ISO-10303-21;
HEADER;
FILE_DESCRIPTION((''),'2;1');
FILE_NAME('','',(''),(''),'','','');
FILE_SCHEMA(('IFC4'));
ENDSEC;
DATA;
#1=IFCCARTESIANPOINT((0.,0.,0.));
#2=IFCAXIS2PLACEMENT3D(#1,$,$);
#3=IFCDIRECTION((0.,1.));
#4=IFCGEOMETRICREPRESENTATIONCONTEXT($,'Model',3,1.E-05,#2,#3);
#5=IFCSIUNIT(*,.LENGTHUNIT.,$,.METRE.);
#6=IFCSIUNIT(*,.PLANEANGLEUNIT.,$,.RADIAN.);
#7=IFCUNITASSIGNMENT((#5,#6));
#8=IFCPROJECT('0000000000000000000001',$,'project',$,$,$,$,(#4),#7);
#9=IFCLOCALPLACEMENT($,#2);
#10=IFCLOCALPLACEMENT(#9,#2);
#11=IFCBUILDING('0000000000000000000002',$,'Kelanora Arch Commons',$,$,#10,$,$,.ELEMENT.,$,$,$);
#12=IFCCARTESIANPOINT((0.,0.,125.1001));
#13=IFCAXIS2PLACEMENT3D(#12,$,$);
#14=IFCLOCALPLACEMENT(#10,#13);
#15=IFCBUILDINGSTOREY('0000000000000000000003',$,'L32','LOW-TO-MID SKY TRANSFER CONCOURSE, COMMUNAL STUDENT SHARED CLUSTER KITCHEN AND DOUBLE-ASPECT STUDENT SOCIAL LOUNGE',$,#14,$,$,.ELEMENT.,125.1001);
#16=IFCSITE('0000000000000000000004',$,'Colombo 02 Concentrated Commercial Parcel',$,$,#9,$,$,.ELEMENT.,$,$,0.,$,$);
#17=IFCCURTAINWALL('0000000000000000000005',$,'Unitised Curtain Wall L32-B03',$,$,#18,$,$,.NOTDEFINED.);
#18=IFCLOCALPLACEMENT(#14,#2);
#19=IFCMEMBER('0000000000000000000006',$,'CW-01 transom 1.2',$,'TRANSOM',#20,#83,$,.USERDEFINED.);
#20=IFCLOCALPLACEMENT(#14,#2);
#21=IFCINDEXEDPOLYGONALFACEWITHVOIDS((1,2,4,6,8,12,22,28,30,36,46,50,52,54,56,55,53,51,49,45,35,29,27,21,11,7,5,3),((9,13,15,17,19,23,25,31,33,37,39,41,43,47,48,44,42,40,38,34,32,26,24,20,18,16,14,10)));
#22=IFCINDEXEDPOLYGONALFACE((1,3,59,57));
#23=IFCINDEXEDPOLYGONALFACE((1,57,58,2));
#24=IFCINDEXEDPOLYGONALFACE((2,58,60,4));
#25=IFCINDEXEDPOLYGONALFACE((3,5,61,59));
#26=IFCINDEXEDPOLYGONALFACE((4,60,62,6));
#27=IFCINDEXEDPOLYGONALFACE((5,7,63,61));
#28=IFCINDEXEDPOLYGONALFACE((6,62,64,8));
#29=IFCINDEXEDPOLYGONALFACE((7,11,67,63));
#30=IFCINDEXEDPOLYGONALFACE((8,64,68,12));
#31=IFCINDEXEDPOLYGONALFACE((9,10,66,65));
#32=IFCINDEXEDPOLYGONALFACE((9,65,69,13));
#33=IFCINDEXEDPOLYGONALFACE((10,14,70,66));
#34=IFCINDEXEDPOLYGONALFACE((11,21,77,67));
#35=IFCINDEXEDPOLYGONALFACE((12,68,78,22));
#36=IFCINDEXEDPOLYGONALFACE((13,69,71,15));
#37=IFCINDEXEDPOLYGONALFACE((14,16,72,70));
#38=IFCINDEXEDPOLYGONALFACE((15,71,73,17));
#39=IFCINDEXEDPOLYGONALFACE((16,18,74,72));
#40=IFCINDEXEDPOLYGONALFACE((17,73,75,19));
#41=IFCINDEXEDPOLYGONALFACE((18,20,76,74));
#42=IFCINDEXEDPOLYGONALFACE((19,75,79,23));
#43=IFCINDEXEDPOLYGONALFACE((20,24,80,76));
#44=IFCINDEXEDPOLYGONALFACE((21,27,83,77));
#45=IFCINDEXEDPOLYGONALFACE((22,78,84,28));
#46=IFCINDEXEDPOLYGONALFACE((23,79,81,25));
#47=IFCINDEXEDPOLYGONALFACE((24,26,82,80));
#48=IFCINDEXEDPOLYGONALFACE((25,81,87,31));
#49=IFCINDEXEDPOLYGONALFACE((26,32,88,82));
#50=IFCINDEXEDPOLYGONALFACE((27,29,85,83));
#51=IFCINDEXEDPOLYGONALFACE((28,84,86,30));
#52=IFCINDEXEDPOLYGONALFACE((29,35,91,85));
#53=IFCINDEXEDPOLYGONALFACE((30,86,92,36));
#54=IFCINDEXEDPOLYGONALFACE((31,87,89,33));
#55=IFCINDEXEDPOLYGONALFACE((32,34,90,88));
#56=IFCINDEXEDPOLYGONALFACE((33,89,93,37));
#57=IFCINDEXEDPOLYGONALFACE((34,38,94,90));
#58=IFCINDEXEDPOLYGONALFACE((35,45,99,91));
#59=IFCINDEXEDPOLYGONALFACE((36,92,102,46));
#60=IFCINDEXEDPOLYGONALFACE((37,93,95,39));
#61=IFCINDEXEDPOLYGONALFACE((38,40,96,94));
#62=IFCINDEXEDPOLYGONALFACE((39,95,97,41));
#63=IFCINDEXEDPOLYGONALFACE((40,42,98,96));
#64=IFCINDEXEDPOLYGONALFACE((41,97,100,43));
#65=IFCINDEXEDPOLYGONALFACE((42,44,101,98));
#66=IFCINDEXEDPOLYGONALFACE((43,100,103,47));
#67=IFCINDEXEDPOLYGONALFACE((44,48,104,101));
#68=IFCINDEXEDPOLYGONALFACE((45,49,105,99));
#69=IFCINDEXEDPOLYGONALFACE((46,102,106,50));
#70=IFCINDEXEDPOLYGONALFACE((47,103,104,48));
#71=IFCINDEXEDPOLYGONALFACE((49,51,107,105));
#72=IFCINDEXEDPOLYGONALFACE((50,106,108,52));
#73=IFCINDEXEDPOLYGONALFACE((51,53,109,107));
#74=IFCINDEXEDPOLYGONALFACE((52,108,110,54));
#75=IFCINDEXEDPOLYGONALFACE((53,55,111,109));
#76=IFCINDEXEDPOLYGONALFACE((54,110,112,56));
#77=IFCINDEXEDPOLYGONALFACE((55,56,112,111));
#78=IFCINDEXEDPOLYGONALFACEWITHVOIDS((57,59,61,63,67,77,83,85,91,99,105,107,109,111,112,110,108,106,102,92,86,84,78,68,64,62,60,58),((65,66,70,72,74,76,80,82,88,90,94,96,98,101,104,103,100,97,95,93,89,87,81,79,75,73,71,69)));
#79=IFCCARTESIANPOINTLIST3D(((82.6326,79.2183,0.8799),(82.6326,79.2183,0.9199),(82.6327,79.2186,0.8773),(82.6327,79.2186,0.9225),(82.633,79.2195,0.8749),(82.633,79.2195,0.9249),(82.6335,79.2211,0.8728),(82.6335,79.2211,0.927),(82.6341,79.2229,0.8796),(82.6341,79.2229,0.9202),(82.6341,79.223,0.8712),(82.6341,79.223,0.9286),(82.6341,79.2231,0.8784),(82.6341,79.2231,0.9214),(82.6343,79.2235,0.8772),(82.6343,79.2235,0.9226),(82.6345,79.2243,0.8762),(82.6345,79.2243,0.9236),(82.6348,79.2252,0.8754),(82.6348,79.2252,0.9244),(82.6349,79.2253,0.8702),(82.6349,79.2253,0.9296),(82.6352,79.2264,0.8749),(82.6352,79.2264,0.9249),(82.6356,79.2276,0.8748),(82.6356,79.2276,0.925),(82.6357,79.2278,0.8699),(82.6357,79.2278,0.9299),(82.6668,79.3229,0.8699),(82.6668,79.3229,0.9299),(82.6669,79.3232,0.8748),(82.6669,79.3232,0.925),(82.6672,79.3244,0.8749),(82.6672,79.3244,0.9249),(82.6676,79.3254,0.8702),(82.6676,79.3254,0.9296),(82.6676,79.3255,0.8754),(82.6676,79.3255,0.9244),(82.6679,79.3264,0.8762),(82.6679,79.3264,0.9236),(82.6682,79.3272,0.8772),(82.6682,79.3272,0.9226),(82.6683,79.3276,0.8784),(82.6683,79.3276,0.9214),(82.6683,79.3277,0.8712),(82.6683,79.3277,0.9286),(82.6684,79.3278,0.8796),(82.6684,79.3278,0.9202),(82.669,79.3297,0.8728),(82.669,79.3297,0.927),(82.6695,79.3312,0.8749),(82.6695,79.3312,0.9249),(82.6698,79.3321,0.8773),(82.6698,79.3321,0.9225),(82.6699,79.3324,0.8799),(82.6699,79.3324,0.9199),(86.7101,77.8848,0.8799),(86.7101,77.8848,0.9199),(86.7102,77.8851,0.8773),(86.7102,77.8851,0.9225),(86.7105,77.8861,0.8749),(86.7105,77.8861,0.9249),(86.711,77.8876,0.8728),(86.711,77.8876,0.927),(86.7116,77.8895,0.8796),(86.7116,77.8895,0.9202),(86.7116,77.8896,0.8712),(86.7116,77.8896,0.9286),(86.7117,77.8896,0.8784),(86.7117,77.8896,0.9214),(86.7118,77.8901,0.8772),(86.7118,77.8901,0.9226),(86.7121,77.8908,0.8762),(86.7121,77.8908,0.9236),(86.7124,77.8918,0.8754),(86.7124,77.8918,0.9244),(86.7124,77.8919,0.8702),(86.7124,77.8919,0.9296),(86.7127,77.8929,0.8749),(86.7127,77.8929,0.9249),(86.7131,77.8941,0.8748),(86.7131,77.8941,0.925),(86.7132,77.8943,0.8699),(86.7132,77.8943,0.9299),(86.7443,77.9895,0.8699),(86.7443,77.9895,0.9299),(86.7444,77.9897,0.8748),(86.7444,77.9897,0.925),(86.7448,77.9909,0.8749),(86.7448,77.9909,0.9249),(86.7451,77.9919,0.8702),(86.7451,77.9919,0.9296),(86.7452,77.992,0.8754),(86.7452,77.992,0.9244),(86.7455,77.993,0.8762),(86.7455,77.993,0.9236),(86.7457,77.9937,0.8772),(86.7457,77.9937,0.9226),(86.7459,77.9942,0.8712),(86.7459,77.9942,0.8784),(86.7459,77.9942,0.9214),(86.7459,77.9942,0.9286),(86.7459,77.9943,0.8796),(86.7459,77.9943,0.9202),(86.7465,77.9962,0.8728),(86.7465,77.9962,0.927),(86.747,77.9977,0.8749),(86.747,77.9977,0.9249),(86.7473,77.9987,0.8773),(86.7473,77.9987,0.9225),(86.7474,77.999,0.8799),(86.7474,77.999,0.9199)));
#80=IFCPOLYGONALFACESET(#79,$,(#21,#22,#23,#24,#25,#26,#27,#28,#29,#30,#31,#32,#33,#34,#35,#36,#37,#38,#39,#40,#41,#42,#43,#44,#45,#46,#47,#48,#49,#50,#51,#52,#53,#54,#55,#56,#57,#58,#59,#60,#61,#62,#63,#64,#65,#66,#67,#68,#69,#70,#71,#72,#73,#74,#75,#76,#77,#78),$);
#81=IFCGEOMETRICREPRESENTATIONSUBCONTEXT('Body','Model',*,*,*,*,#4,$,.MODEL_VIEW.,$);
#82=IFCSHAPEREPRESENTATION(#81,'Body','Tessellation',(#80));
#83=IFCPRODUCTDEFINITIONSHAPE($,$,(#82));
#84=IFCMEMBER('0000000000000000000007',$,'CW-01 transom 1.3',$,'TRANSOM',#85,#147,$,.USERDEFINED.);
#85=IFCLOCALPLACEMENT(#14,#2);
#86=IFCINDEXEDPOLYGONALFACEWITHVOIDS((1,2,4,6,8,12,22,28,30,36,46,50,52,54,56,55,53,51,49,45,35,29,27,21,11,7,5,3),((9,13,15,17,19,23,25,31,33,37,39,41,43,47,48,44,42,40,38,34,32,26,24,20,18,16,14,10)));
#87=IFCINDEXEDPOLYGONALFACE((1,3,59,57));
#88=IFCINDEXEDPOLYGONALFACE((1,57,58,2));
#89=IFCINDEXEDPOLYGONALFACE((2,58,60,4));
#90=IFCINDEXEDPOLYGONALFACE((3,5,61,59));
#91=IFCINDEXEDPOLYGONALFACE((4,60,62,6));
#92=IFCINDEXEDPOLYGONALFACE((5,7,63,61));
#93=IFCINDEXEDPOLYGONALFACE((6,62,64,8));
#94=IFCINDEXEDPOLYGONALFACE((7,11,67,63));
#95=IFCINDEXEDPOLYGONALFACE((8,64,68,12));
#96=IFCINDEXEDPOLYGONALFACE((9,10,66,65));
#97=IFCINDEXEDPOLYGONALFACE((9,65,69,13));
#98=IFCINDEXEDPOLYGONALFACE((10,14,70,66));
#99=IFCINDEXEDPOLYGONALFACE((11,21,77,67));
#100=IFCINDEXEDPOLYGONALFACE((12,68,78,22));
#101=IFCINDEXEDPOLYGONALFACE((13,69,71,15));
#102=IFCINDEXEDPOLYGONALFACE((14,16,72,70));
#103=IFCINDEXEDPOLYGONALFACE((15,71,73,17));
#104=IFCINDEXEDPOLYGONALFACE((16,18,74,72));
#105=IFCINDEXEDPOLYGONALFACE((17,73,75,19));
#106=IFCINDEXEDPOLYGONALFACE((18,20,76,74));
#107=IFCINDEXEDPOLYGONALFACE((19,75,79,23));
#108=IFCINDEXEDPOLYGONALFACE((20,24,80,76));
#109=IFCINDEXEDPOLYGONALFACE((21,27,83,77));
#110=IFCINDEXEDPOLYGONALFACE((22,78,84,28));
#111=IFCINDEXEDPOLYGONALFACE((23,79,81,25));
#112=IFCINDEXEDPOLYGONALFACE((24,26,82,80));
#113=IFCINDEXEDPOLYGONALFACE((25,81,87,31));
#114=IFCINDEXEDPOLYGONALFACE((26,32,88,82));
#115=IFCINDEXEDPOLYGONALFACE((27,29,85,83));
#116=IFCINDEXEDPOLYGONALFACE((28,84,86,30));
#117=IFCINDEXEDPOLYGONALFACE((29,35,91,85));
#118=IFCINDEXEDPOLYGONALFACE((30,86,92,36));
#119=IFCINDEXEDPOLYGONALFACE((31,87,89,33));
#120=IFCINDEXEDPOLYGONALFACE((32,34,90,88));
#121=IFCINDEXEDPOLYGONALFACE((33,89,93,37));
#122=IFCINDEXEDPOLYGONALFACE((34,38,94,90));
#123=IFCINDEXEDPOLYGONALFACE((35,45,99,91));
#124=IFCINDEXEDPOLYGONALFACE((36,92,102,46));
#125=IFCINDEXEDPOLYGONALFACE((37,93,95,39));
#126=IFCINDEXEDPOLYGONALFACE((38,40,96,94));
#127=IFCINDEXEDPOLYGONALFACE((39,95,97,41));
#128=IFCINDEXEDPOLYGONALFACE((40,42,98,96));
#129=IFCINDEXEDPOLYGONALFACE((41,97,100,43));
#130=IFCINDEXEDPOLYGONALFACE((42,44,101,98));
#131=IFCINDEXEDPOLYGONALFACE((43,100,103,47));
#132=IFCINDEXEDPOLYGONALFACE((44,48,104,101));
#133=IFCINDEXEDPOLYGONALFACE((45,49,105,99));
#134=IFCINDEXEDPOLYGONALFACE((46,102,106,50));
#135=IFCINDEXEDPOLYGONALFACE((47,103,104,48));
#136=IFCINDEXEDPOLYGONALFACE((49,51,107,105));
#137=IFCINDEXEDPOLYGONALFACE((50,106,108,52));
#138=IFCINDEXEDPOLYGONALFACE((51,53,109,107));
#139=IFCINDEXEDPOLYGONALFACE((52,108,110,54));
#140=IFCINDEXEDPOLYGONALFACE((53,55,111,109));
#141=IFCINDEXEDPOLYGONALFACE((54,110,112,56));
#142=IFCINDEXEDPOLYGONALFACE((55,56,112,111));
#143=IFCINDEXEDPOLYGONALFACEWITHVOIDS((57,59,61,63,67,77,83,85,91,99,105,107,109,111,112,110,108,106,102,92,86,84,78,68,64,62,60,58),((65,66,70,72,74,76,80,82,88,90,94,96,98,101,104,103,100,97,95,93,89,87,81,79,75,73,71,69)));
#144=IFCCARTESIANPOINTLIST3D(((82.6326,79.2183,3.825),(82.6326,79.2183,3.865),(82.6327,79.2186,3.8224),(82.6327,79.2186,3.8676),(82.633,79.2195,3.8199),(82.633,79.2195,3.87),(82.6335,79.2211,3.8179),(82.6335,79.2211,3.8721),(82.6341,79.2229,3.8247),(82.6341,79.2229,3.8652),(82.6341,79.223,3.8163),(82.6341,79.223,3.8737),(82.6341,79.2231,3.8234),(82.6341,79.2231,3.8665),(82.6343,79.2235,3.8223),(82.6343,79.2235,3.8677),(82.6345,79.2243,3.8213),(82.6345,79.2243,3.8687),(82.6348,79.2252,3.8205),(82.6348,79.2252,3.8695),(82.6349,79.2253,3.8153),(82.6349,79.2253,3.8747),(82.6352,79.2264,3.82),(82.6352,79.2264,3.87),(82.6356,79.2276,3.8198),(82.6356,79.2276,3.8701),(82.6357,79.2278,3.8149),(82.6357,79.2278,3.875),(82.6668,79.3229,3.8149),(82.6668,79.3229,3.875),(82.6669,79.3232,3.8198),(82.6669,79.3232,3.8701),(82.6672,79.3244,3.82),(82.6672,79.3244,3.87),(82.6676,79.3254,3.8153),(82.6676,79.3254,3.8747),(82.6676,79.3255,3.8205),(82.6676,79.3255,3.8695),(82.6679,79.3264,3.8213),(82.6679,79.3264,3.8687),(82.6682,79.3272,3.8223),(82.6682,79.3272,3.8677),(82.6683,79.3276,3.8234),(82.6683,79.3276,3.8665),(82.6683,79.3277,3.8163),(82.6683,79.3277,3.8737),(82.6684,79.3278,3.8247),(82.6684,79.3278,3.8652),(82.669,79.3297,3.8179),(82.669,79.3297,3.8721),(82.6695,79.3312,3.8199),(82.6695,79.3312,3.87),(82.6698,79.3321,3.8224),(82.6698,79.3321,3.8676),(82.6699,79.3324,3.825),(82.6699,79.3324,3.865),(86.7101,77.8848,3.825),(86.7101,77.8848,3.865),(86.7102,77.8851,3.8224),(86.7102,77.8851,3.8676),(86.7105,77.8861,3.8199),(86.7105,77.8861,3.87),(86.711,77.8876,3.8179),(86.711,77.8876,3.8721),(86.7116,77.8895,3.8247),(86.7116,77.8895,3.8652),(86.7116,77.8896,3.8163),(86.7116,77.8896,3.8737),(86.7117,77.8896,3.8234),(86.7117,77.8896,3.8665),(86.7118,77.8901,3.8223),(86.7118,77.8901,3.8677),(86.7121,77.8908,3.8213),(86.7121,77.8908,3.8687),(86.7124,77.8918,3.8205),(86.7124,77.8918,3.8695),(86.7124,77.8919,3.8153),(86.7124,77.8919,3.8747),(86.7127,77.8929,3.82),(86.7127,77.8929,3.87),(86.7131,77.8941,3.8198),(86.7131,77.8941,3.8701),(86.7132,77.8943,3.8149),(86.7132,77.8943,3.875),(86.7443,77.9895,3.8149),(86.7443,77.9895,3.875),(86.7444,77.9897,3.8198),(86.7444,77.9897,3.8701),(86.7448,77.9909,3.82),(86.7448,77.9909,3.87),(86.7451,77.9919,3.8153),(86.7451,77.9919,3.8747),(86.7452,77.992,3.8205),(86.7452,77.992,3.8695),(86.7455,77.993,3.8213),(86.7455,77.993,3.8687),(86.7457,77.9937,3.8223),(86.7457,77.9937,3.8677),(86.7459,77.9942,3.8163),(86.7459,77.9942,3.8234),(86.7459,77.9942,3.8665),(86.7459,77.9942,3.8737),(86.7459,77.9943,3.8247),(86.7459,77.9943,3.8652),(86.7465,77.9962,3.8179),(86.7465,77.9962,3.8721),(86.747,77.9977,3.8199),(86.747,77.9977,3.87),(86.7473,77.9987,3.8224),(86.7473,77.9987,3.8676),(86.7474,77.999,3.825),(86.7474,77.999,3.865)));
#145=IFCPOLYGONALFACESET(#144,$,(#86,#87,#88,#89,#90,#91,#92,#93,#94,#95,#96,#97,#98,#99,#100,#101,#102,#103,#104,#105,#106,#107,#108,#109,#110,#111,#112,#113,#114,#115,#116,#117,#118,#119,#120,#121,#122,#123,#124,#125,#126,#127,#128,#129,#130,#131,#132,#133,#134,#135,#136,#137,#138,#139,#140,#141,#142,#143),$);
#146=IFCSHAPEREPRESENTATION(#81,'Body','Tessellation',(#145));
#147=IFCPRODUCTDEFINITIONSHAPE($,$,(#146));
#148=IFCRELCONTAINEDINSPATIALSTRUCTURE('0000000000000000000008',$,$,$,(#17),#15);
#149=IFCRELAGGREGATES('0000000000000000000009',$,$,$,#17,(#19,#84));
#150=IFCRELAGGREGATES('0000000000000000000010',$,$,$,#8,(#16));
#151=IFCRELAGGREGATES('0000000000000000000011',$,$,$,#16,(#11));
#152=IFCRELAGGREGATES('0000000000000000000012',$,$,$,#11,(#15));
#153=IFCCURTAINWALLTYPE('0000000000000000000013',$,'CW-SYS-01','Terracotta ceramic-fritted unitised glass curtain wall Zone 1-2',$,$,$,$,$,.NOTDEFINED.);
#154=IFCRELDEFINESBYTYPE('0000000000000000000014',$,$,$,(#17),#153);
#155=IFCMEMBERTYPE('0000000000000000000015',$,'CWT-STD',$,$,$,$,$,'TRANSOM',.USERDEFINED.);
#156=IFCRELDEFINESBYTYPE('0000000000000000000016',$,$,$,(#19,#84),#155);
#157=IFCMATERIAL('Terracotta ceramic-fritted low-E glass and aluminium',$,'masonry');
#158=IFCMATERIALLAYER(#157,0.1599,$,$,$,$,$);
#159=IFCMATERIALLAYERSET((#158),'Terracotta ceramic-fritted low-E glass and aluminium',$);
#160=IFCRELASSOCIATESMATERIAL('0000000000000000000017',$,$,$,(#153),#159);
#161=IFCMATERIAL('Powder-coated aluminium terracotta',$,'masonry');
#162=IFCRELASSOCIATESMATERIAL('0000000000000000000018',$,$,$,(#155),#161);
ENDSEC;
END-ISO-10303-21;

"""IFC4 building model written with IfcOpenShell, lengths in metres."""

from ifc_helpers import new_model, si_unit, direction, frame, origin, origin_2d, place, context, subcontext, project, spatial, hollow_rectangle, extrude, material, layer, layer_set, material_profile, profile_set, type_object, element, aggregate, save


model = new_model("IFC4")

# Units and contexts
model_context = context("Model", 3, precision=1e-05, world=origin(), true_north=direction((0.0, 1.0)))
body_context = subcontext(model_context, "Body", "Model", "MODEL_VIEW")
ifc_project = project(units=[si_unit("LENGTHUNIT", "METRE"), si_unit("PLANEANGLEUNIT", "RADIAN")], contexts=[model_context])

# Site, building, storey
site_placement = place(None, origin())
site = spatial("IfcSite", under=ifc_project, at=site_placement, Name="Colombo 02 Concentrated Commercial Parcel", CompositionType="ELEMENT", RefElevation=0.0)
building_placement = place(site_placement, origin())
building = spatial("IfcBuilding", under=site, at=building_placement, Name="Kelanora Arch Commons", CompositionType="ELEMENT")
storey_placement = place(building_placement, frame((0.0, 0.0, 125.1001)))
storey = spatial("IfcBuildingStorey", under=building, at=storey_placement, Name="L32", Description="LOW-TO-MID SKY TRANSFER CONCOURSE, COMMUNAL STUDENT SHARED CLUSTER KITCHEN AND DOUBLE-ASPECT STUDENT SOCIAL LOUNGE", CompositionType="ELEMENT", Elevation=125.1001)

# Shared definitions
ifc_material_1 = material(Name="Terracotta ceramic-fritted low-E glass and aluminium", Category="masonry")
ifc_layer_1 = layer(ifc_material_1, 0.1599)
ifc_layer_set_1 = layer_set([ifc_layer_1], Name="Terracotta ceramic-fritted low-E glass and aluminium")
curtain_wall_type = type_object("IfcCurtainWallType", Name="CW-SYS-01", Description="Terracotta ceramic-fritted unitised glass curtain wall Zone 1-2", PredefinedType="NOTDEFINED", material=ifc_layer_set_1)
ifc_material_2 = material(Name="Powder-coated aluminium terracotta", Category="masonry")

# Curtain wall, members
curtain_wall_1_placement = place(storey_placement, origin())
curtain_wall_1 = element("IfcCurtainWall", 1, at=curtain_wall_1_placement, inside=storey, type_object=curtain_wall_type, Name="Unitised Curtain Wall L32-B03", PredefinedType="NOTDEFINED")
ifc_material_profile_1 = material_profile(ifc_material_2, hollow_rectangle(XDim=0.1201, YDim=0.0601, WallThickness=0.0049, InnerFilletRadius=0.0049, OuterFilletRadius=0.01, at=origin_2d()), Name="CWT120x60")
ifc_profile_set_1 = profile_set([ifc_material_profile_1], Name="Powder-coated aluminium terracotta")
member_type_1 = type_object("IfcMemberType", Name="CWT-STD", ElementType="TRANSOM", PredefinedType="USERDEFINED", material=ifc_profile_set_1)
member_1_placement = place(storey_placement, frame((86.7288, 77.9419, 0.8999), z_axis=(-0.950466, 0.310828, 0.0), x_axis=(-0.310828, -0.950466, 0.0)))
member_1 = element("IfcMember", 2, at=member_1_placement, type_object=member_type_1, Name="CW-01 transom 1.2", ObjectType="TRANSOM", PredefinedType="USERDEFINED", context=body_context, shape_type="SweptSolid", body=[
    extrude(hollow_rectangle(XDim=0.1201, YDim=0.0601, WallThickness=0.0049, InnerFilletRadius=0.0049, OuterFilletRadius=0.01, at=origin_2d()), origin(), (0.0, 0.0, 1.0), 4.29),
])
member_2_placement = place(storey_placement, frame((86.7288, 77.9419, 3.845), z_axis=(-0.950466, 0.310828, 0.0), x_axis=(-0.310828, -0.950466, 0.0)))
member_2 = element("IfcMember", 3, at=member_2_placement, type_object=member_type_1, Name="CW-01 transom 1.3", ObjectType="TRANSOM", PredefinedType="USERDEFINED", context=body_context, shape_type="SweptSolid", body=[
    extrude(hollow_rectangle(XDim=0.1201, YDim=0.0601, WallThickness=0.0049, InnerFilletRadius=0.0049, OuterFilletRadius=0.01, at=origin_2d()), origin(), (0.0, 0.0, 1.0), 4.29),
])
aggregate(curtain_wall_1, [member_1, member_2])

save(model, "model.ifc")
